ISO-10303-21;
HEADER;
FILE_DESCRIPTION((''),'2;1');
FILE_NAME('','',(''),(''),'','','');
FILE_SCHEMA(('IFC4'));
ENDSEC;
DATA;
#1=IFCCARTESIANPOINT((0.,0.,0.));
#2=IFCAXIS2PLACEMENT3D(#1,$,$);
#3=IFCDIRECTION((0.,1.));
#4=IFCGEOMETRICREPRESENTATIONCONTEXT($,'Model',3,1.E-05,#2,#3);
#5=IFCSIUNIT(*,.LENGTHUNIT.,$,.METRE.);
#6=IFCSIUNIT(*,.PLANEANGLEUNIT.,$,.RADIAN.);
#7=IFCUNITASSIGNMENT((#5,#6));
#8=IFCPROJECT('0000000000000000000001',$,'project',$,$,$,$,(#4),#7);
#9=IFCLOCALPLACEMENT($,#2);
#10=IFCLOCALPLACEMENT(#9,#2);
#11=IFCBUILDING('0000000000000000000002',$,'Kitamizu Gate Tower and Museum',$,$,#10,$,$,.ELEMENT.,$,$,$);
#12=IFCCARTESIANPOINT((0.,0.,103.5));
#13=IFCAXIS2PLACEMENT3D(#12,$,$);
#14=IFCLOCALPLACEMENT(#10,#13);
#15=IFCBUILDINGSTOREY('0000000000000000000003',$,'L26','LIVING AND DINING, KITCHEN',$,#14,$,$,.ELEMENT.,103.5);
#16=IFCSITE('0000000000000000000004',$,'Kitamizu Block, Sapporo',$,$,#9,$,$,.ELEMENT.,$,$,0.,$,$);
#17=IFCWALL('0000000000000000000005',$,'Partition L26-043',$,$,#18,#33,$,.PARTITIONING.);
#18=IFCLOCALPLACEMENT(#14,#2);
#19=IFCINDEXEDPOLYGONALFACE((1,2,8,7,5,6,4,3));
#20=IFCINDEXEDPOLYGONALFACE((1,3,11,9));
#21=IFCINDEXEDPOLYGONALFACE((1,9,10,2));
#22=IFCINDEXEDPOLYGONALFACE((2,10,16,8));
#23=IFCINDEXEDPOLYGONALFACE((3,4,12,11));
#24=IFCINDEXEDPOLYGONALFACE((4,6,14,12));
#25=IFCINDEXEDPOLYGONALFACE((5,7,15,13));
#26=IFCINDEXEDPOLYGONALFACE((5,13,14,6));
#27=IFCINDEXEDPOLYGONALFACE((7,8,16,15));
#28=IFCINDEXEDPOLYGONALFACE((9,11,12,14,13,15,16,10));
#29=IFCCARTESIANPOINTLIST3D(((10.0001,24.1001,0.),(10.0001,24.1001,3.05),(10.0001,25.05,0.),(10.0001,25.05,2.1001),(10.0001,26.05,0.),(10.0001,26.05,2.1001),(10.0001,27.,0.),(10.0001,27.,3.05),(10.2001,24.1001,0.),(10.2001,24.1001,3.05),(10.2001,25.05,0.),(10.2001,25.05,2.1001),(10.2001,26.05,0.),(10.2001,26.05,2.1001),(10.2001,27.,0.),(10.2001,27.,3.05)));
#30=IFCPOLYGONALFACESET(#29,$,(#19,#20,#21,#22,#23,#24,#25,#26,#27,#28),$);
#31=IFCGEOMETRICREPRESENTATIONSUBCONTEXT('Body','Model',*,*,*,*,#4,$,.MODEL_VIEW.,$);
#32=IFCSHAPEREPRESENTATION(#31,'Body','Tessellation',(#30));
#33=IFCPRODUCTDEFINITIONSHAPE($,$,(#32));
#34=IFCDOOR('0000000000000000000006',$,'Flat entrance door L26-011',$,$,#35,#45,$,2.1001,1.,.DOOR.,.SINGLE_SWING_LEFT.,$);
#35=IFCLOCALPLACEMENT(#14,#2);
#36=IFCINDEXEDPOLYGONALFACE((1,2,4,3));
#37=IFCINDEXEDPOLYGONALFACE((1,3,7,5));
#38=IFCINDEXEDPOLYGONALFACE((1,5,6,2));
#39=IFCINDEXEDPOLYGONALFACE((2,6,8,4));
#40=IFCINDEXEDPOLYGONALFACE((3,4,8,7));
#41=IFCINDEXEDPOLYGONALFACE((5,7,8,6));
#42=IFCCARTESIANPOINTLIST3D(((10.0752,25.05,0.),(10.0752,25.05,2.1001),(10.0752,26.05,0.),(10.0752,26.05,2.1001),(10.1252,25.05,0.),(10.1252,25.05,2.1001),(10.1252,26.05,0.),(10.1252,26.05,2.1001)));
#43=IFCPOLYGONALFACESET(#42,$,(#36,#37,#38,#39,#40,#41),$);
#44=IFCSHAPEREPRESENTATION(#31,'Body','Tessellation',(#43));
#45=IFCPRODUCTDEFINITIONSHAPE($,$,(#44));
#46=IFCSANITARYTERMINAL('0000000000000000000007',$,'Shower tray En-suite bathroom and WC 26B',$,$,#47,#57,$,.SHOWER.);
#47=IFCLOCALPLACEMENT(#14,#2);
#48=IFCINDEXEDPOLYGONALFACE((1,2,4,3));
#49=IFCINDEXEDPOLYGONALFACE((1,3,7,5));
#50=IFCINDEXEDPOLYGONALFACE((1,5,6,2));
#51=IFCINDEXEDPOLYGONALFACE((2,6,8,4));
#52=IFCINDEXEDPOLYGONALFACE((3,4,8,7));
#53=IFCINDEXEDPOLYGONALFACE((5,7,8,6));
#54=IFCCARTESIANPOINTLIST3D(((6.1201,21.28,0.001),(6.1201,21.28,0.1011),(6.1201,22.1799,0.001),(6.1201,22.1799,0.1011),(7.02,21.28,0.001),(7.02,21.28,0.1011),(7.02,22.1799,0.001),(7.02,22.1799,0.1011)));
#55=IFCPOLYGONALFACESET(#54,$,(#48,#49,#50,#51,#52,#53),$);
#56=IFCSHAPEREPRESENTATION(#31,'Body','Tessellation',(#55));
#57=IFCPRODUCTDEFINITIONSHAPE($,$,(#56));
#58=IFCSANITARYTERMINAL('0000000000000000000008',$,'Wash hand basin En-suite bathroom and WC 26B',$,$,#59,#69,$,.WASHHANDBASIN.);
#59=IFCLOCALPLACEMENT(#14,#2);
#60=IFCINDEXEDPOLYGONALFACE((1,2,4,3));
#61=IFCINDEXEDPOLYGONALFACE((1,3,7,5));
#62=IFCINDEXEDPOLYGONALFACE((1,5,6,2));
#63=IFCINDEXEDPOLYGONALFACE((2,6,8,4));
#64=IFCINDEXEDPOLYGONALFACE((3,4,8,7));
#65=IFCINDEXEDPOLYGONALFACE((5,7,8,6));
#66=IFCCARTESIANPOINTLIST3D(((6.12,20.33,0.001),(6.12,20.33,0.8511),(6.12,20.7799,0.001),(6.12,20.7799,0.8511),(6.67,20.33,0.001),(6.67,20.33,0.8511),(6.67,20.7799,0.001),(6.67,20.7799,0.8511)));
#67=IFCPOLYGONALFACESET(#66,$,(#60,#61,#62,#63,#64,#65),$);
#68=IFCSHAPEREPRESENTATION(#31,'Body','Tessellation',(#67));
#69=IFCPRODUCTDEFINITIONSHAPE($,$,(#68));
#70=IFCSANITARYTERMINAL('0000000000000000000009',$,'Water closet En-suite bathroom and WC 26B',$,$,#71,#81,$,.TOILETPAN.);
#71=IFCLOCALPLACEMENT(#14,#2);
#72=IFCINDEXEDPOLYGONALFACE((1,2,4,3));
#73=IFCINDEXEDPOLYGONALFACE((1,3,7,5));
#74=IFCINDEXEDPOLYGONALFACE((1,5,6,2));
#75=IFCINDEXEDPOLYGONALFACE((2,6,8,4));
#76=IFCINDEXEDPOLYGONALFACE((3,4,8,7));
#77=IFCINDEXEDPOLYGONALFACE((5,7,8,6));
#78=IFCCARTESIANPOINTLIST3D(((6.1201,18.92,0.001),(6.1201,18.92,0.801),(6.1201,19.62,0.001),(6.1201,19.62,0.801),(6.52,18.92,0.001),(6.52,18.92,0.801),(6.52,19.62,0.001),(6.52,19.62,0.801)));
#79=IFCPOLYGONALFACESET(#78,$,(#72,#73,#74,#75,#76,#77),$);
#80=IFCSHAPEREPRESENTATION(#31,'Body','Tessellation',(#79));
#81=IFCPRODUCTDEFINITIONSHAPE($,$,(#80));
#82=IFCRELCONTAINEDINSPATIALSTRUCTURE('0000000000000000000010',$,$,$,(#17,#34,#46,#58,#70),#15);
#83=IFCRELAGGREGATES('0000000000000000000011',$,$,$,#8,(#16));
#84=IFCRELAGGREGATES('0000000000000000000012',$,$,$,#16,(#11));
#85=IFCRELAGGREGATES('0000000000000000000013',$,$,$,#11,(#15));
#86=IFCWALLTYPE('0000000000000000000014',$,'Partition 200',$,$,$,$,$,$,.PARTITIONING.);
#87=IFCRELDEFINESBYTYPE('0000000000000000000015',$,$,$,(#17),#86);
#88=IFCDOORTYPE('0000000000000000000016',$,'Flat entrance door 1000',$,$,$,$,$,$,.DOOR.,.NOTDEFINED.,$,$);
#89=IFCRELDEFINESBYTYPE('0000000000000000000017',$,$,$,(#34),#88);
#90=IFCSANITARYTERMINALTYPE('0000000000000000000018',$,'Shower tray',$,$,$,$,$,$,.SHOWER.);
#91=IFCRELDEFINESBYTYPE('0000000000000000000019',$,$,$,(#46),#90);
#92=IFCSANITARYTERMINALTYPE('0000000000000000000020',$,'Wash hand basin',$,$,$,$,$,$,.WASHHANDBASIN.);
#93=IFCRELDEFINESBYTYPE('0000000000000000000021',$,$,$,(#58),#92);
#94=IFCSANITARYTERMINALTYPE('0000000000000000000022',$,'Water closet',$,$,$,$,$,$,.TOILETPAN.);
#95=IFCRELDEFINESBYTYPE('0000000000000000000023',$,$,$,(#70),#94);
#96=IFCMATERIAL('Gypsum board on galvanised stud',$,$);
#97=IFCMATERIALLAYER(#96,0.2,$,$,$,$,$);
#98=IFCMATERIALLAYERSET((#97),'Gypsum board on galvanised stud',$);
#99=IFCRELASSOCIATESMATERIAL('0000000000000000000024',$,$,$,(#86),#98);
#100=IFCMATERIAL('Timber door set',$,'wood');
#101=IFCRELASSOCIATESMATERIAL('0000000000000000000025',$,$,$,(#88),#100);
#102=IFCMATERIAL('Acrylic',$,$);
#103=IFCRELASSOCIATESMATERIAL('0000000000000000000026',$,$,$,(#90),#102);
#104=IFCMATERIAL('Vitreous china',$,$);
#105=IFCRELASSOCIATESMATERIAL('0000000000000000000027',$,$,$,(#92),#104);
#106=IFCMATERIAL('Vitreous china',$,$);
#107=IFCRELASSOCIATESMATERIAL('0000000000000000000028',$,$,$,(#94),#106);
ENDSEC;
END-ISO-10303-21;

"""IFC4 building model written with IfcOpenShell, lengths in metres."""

from ifc_helpers import new_model, si_unit, direction, frame, frame_2d, origin, origin_2d, place, context, subcontext, project, spatial, rectangle, extrude, material, layer, layer_set, type_object, element, fill, save


model = new_model("IFC4")

# Units and contexts
model_context = context("Model", 3, precision=1e-05, world=origin(), true_north=direction((0.0, 1.0)))
body_context = subcontext(model_context, "Body", "Model", "MODEL_VIEW")
ifc_project = project(units=[si_unit("LENGTHUNIT", "METRE"), si_unit("PLANEANGLEUNIT", "RADIAN")], contexts=[model_context])

# Site, building, storey
site_placement = place(None, origin())
site = spatial("IfcSite", under=ifc_project, at=site_placement, Name="Kitamizu Block, Sapporo", CompositionType="ELEMENT", RefElevation=0.0)
building_placement = place(site_placement, origin())
building = spatial("IfcBuilding", under=site, at=building_placement, Name="Kitamizu Gate Tower and Museum", CompositionType="ELEMENT")
storey_placement = place(building_placement, frame((0.0, 0.0, 103.5)))
storey = spatial("IfcBuildingStorey", under=building, at=storey_placement, Name="L26", Description="LIVING AND DINING, KITCHEN", CompositionType="ELEMENT", Elevation=103.5)

# Shared definitions
ifc_material_1 = material(Name="Gypsum board on galvanised stud")
ifc_layer_1 = layer(ifc_material_1, 0.2)
ifc_layer_set_1 = layer_set([ifc_layer_1], Name="Gypsum board on galvanised stud")
wall_type_1 = type_object("IfcWallType", Name="Partition 200", PredefinedType="PARTITIONING", material=ifc_layer_set_1)

# Wall, opening, door
wall_1_placement = place(storey_placement, frame((10.1001, 24.1001, 0.0), z_axis=(0.0, 0.0, 1.0), x_axis=(0.0, 1.0, 0.0)))
wall_1 = element("IfcWall", 1, at=wall_1_placement, inside=storey, type_object=wall_type_1, Name="Partition L26-043", PredefinedType="PARTITIONING", context=body_context, shape_type="SweptSolid", body=[
    extrude(rectangle(XDim=2.8999, YDim=0.2, at=frame_2d((1.45, 0.0))), origin(), (0.0, 0.0, 1.0), 3.05),
])
opening_1_placement = place(wall_1_placement, frame((0.95, 0.0, 0.0)))
opening_1 = element("IfcOpeningElement", 2, at=opening_1_placement, cuts=wall_1, PredefinedType="OPENING", context=body_context, shape_type="SweptSolid", body=[
    extrude(rectangle(XDim=1.0, YDim=2.1001, at=frame_2d((0.5, 1.05))), frame((0.0, 0.1099, 0.0), z_axis=(0.0, -1.0, 0.0), x_axis=(1.0, 0.0, 0.0)), (0.0, 0.0, 1.0), 0.22),
])
ifc_material_2 = material(Name="Timber door set", Category="wood")
door_type_1 = type_object("IfcDoorType", Name="Flat entrance door 1000", OperationType="NOTDEFINED", PredefinedType="DOOR", material=ifc_material_2)
door_1_placement = place(opening_1_placement, origin())
door_1 = element("IfcDoor", 3, at=door_1_placement, inside=storey, type_object=door_type_1, Name="Flat entrance door L26-011", OperationType="SINGLE_SWING_LEFT", OverallHeight=2.1001, OverallWidth=1.0, PredefinedType="DOOR", context=body_context, shape_type="SweptSolid", body=[
    extrude(rectangle(XDim=1.0, YDim=2.1001, at=frame_2d((0.5, 1.05))), frame((0.0, 0.0249, 0.0), z_axis=(0.0, -1.0, 0.0), x_axis=(1.0, 0.0, 0.0)), (0.0, 0.0, 1.0), 0.05),
])
fill(opening_1, door_1)

# Sanitary terminals
ifc_material_3 = material(Name="Acrylic")
sanitary_terminal_type_1 = type_object("IfcSanitaryTerminalType", Name="Shower tray", PredefinedType="SHOWER", material=ifc_material_3)
sanitary_terminal_1_placement = place(storey_placement, frame((6.5701, 21.73, 0.001), z_axis=(0.0, 0.0, 1.0), x_axis=(1.0, 0.0, 0.0)))
element("IfcSanitaryTerminal", 4, at=sanitary_terminal_1_placement, inside=storey, type_object=sanitary_terminal_type_1, Name="Shower tray En-suite bathroom and WC 26B", PredefinedType="SHOWER", context=body_context, shape_type="SweptSolid", body=[
    extrude(rectangle(XDim=0.8999, YDim=0.8999, at=origin_2d()), origin(), (0.0, 0.0, 1.0), 0.1001),
])
ifc_material_4 = material(Name="Vitreous china")
sanitary_terminal_type_2 = type_object("IfcSanitaryTerminalType", Name="Wash hand basin", PredefinedType="WASHHANDBASIN", material=ifc_material_4)
sanitary_terminal_2_placement = place(storey_placement, frame((6.395, 20.5549, 0.001), z_axis=(0.0, 0.0, 1.0), x_axis=(1.0, 0.0, 0.0)))
element("IfcSanitaryTerminal", 5, at=sanitary_terminal_2_placement, inside=storey, type_object=sanitary_terminal_type_2, Name="Wash hand basin En-suite bathroom and WC 26B", PredefinedType="WASHHANDBASIN", context=body_context, shape_type="SweptSolid", body=[
    extrude(rectangle(XDim=0.55, YDim=0.45, at=origin_2d()), origin(), (0.0, 0.0, 1.0), 0.8501),
])
ifc_material_5 = material(Name="Vitreous china")
sanitary_terminal_type_3 = type_object("IfcSanitaryTerminalType", Name="Water closet", PredefinedType="TOILETPAN", material=ifc_material_5)
sanitary_terminal_3_placement = place(storey_placement, frame((6.3201, 19.27, 0.001), z_axis=(0.0, 0.0, 1.0), x_axis=(1.0, 0.0, 0.0)))
element("IfcSanitaryTerminal", 6, at=sanitary_terminal_3_placement, inside=storey, type_object=sanitary_terminal_type_3, Name="Water closet En-suite bathroom and WC 26B", PredefinedType="TOILETPAN", context=body_context, shape_type="SweptSolid", body=[
    extrude(rectangle(XDim=0.3999, YDim=0.7, at=origin_2d()), origin(), (0.0, 0.0, 1.0), 0.8),
])

save(model, "model.ifc")
